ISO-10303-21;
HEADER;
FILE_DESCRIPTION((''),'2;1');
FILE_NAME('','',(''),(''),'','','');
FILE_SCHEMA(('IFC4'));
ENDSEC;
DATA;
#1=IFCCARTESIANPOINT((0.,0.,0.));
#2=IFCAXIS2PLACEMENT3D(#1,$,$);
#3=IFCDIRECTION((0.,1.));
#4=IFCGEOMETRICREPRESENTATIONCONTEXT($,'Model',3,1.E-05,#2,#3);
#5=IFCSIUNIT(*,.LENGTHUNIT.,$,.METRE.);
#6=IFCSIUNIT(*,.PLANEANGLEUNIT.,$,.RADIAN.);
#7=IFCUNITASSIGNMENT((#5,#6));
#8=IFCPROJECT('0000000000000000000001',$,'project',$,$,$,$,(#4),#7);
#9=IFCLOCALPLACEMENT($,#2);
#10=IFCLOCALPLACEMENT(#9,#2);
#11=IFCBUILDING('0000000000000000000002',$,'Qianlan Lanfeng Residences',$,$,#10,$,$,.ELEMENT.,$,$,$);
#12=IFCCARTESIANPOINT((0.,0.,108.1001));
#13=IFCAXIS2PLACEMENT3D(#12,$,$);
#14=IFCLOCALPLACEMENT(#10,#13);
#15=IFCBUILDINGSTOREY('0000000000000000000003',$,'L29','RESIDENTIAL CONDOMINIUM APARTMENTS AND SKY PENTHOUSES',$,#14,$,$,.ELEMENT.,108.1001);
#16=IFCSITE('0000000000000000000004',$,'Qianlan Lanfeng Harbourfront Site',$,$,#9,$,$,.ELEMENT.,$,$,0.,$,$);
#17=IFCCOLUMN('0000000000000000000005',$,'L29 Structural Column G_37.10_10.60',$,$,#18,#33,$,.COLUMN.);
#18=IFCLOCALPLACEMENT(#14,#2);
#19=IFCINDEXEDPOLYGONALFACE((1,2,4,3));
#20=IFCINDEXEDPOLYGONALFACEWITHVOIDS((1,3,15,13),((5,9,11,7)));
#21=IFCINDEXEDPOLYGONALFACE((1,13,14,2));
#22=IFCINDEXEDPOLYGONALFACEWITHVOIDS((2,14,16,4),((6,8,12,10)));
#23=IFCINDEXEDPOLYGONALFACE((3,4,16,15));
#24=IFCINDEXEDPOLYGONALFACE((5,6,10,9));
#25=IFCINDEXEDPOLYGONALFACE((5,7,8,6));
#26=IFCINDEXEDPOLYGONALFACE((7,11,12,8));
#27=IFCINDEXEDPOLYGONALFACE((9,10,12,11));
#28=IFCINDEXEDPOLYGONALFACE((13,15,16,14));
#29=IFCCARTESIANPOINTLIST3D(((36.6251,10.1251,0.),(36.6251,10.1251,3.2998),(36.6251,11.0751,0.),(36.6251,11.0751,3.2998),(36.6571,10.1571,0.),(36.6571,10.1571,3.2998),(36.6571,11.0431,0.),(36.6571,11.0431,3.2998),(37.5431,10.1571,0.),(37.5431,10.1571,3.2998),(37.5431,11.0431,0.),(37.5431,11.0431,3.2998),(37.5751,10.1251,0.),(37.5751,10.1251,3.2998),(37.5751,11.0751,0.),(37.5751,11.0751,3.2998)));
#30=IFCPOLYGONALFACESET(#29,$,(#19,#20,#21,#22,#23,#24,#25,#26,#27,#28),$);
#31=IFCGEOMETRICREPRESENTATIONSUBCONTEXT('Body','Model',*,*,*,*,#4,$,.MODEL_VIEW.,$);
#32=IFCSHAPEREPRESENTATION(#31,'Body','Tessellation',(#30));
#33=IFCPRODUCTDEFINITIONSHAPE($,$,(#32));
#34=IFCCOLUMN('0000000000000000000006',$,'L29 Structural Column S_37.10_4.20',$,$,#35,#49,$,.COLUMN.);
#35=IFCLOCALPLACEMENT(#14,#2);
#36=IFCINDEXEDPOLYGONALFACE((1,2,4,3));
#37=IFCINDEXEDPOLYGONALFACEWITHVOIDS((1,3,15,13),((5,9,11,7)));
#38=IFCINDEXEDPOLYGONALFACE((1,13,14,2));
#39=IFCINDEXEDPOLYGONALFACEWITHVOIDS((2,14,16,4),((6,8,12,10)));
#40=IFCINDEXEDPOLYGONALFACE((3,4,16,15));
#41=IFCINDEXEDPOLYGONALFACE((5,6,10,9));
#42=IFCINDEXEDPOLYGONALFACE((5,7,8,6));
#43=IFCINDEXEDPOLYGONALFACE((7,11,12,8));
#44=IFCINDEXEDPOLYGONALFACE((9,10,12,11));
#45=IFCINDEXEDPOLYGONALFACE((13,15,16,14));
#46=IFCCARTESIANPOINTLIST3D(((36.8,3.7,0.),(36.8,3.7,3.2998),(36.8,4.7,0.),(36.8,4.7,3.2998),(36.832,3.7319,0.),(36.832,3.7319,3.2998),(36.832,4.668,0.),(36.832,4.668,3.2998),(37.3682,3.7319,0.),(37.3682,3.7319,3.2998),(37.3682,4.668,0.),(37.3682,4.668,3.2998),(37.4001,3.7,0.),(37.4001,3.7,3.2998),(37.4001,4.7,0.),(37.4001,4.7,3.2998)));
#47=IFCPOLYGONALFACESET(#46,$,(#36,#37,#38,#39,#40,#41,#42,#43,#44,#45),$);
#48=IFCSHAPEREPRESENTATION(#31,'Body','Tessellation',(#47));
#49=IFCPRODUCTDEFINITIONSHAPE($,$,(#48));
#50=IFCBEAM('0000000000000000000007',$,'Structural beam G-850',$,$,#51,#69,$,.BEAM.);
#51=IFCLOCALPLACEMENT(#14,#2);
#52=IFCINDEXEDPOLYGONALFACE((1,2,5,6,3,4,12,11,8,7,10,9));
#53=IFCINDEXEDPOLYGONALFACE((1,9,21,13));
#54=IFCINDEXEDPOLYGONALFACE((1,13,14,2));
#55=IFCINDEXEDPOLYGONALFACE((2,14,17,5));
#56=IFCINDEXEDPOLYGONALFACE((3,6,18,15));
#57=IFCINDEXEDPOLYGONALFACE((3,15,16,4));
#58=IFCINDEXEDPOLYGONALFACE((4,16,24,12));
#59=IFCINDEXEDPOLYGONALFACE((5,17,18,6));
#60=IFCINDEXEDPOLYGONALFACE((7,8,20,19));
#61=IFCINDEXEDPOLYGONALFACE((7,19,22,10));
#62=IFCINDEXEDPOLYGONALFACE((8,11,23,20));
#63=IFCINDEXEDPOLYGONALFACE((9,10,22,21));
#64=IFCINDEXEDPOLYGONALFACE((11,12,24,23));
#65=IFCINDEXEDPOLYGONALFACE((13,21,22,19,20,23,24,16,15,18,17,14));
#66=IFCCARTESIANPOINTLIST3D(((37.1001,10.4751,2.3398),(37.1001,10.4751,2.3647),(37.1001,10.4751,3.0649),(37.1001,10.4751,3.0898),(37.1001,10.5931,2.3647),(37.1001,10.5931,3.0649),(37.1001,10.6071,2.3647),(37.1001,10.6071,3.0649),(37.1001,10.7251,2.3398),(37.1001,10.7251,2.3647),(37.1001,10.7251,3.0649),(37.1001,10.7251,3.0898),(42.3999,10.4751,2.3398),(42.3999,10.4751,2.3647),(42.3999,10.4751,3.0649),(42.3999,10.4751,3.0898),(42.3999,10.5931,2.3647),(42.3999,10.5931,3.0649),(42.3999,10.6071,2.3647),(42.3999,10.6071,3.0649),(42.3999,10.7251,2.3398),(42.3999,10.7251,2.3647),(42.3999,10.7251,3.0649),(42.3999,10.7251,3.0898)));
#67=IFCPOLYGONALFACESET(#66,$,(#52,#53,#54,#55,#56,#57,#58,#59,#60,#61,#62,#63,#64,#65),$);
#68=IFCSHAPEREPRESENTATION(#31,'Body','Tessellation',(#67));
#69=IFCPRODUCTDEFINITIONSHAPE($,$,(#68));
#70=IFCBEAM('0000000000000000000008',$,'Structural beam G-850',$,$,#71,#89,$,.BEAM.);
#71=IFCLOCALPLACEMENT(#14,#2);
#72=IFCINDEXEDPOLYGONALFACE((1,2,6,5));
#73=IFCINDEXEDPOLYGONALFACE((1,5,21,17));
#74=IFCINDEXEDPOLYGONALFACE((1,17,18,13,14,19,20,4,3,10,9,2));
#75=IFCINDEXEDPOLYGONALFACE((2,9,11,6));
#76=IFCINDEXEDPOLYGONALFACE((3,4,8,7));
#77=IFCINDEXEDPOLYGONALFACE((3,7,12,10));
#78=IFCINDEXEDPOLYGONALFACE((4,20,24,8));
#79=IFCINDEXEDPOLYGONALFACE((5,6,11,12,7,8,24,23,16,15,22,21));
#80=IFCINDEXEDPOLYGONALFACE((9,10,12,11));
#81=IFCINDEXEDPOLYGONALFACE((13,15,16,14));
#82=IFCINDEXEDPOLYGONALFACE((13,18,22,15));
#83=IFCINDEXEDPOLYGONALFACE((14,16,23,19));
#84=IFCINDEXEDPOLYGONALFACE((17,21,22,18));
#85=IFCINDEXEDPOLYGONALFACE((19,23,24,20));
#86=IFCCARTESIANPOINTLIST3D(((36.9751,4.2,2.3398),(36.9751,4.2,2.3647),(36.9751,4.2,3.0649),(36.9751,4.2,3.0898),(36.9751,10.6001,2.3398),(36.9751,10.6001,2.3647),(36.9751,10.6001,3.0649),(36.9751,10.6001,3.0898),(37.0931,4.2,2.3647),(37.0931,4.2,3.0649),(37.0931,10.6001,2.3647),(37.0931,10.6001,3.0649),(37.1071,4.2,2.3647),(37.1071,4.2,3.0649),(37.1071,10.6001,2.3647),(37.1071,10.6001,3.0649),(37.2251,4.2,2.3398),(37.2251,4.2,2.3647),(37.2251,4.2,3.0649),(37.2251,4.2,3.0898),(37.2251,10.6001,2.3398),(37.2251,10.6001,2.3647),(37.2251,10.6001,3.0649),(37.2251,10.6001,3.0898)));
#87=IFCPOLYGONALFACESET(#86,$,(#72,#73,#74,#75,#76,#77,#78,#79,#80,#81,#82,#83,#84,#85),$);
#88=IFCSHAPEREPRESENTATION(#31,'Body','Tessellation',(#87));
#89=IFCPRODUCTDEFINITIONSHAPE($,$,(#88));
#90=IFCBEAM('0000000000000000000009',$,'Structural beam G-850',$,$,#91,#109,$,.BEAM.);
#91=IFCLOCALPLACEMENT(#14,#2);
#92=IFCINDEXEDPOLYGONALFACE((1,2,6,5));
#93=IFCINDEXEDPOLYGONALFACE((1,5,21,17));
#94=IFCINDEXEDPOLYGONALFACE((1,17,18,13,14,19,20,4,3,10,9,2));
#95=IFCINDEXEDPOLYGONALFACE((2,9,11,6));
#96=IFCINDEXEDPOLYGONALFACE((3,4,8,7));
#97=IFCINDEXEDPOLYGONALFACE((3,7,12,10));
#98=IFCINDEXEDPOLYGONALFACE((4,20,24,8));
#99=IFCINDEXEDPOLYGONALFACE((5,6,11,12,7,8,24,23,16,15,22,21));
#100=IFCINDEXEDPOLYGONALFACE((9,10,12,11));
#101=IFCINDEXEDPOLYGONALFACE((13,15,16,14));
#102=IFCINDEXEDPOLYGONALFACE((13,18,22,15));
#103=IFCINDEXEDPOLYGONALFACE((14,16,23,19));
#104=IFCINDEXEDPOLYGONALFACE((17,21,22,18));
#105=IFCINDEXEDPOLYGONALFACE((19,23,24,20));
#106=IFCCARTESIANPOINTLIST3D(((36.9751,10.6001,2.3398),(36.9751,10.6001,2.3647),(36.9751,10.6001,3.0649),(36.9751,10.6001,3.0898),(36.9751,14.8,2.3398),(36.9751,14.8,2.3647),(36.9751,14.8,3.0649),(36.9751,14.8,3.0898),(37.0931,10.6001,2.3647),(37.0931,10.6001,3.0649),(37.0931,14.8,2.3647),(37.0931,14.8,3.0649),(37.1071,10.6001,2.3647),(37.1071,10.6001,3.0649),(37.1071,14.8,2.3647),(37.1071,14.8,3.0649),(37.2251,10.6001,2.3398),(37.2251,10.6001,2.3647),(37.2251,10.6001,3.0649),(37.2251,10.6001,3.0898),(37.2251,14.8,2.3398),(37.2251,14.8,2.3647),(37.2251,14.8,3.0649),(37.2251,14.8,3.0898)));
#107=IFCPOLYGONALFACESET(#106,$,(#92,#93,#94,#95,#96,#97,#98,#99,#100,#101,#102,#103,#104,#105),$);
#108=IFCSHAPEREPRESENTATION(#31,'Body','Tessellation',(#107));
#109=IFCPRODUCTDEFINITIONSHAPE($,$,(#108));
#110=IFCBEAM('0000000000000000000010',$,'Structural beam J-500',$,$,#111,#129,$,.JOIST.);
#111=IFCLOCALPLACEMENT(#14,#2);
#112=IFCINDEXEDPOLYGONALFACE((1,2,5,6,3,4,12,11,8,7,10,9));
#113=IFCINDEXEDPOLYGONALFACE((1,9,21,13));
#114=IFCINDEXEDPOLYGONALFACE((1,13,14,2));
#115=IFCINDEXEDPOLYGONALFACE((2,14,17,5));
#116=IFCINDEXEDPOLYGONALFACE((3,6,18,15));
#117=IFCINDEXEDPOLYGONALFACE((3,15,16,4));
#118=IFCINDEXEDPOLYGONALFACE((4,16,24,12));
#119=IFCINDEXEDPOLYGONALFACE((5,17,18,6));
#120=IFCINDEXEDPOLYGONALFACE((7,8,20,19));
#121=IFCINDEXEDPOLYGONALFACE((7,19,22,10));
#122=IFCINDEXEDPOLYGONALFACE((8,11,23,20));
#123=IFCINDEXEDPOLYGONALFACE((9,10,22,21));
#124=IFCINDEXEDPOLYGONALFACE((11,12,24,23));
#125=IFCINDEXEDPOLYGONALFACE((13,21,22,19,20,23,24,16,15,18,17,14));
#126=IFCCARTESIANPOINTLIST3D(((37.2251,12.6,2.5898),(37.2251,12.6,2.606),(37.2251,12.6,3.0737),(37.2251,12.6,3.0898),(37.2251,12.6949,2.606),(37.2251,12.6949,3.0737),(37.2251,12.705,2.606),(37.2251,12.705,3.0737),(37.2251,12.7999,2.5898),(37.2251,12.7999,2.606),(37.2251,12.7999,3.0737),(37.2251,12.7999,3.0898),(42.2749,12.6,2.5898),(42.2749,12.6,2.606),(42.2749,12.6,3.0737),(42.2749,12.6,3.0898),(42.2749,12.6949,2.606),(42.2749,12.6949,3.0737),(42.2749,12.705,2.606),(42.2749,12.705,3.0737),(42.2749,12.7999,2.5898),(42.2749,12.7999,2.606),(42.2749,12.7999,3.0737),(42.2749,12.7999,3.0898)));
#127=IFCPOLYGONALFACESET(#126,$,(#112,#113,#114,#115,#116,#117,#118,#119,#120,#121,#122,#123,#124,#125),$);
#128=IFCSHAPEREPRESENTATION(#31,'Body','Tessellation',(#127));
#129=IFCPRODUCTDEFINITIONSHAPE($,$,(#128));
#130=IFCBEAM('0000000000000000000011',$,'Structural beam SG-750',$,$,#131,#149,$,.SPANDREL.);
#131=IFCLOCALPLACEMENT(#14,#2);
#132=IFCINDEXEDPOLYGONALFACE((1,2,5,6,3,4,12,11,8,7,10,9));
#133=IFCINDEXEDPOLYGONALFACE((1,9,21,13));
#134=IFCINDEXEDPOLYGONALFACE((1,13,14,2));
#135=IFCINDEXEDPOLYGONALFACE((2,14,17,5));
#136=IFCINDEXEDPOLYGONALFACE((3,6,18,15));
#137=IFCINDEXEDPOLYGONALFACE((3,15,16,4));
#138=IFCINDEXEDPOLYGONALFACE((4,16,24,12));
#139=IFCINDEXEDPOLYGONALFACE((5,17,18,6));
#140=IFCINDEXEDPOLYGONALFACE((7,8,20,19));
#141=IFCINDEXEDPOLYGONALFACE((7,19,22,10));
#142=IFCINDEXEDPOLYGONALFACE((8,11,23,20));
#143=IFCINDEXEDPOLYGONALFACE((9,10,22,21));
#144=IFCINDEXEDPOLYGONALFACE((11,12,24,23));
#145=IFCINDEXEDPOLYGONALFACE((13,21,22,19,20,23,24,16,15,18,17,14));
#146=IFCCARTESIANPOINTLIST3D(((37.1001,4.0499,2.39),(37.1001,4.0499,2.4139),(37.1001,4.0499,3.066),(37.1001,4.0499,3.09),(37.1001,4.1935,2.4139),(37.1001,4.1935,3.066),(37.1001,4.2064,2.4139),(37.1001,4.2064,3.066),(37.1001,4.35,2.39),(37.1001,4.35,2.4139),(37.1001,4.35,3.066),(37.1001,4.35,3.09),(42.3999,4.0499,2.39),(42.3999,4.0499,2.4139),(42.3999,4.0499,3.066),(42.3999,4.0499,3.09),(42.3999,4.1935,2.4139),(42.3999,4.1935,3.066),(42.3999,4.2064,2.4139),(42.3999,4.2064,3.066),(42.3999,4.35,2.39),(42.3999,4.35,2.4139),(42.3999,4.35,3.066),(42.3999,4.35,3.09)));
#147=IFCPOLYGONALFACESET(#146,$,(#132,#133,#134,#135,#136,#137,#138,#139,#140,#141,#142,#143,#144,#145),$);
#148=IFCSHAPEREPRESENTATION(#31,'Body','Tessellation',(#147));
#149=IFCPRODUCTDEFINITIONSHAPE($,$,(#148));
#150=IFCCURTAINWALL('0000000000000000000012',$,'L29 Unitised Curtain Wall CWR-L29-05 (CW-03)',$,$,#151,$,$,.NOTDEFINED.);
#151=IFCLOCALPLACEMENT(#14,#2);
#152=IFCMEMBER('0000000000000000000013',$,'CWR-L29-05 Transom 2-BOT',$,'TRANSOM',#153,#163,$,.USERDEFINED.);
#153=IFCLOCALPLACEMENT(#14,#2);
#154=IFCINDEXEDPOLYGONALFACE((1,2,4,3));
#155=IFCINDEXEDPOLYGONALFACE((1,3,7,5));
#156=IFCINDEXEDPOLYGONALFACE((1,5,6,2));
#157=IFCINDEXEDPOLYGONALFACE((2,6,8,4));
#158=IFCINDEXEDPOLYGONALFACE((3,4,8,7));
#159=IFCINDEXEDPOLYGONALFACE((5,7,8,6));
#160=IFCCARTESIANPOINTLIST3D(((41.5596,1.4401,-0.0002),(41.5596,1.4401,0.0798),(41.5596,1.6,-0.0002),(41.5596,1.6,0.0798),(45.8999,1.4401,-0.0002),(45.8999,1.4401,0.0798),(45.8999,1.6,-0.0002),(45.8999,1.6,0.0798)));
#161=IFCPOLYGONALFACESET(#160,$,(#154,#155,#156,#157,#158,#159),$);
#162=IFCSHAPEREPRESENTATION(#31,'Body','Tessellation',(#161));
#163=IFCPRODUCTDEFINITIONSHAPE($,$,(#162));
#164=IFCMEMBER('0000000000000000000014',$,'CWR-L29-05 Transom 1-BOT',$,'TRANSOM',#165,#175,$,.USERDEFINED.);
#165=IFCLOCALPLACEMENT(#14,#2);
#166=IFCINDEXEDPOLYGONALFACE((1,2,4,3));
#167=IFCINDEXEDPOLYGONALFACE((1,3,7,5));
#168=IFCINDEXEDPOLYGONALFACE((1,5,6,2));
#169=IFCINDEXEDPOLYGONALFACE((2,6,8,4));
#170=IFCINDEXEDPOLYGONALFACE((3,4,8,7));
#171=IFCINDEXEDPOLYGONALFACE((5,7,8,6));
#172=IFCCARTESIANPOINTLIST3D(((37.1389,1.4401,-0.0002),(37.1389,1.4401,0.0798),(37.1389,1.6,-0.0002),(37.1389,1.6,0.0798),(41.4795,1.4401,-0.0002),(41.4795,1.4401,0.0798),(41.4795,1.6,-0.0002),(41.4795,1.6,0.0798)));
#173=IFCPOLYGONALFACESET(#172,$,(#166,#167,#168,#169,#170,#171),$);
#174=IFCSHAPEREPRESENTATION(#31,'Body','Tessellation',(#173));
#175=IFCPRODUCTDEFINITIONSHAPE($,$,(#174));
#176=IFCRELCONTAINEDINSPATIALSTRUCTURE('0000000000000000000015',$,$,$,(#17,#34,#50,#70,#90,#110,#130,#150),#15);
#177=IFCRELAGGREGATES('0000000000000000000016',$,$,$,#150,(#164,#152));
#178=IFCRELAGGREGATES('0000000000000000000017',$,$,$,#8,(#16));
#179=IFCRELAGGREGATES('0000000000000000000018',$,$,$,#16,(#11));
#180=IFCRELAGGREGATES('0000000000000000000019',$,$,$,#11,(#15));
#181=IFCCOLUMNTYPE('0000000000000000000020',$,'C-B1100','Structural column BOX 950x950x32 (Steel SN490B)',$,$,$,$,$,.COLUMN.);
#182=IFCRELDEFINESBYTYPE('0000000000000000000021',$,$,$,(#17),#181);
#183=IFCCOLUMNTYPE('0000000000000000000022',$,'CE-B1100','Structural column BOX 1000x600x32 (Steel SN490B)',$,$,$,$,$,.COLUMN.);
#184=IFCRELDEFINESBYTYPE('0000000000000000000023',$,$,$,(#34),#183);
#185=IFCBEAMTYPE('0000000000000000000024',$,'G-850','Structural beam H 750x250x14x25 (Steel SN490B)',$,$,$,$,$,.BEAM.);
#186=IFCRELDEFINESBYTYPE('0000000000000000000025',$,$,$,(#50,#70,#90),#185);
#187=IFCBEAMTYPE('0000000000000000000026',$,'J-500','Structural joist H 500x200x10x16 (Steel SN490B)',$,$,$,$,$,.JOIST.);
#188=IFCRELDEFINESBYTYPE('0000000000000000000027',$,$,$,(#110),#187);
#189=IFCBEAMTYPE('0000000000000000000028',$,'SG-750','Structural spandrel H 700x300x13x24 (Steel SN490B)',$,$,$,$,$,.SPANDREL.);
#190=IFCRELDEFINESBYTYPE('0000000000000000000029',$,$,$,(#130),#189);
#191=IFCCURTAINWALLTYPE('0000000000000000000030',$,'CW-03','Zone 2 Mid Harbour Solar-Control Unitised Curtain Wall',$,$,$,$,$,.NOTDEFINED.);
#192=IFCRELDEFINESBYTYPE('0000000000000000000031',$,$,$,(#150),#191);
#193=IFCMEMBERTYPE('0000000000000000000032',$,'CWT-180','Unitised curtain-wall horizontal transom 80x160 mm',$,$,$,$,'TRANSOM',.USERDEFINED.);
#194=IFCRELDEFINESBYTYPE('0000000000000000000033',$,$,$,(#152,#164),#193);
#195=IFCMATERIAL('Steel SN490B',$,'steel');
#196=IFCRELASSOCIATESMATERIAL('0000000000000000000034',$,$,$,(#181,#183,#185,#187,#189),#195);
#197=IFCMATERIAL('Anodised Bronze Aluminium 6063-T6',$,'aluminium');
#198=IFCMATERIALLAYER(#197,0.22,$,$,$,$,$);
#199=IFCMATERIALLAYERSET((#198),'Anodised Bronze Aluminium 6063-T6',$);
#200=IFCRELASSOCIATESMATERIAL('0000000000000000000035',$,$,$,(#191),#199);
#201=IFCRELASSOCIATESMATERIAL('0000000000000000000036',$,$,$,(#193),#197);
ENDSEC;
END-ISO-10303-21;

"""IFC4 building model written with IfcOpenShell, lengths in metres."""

from ifc_helpers import new_model, si_unit, direction, frame, origin, origin_2d, place, context, subcontext, project, spatial, rectangle, hollow_rectangle, i_section, extrude, source, transform, mapped, material, layer, layer_set, material_profile, profile_set, type_object, element, aggregate, save


model = new_model("IFC4")

# Units and contexts
model_context = context("Model", 3, precision=1e-05, world=origin(), true_north=direction((0.0, 1.0)))
body_context = subcontext(model_context, "Body", "Model", "MODEL_VIEW")
ifc_project = project(units=[si_unit("LENGTHUNIT", "METRE"), si_unit("PLANEANGLEUNIT", "RADIAN")], contexts=[model_context])

# Site, building, storey
site_placement = place(None, origin())
site = spatial("IfcSite", under=ifc_project, at=site_placement, Name="Qianlan Lanfeng Harbourfront Site", CompositionType="ELEMENT", RefElevation=0.0)
building_placement = place(site_placement, origin())
building = spatial("IfcBuilding", under=site, at=building_placement, Name="Qianlan Lanfeng Residences", CompositionType="ELEMENT")
storey_placement = place(building_placement, frame((0.0, 0.0, 108.1001)))
storey = spatial("IfcBuildingStorey", under=building, at=storey_placement, Name="L29", Description="RESIDENTIAL CONDOMINIUM APARTMENTS AND SKY PENTHOUSES", CompositionType="ELEMENT", Elevation=108.1001)

# Columns
ifc_material_1 = material(Name="Steel SN490B", Category="steel")
ifc_material_profile_1 = material_profile(ifc_material_1, hollow_rectangle(XDim=0.95, YDim=0.95, WallThickness=0.032, at=origin_2d()), Name="BOX 950x950x32")
ifc_profile_set_1 = profile_set([ifc_material_profile_1], Name="Steel SN490B")
column_type_1 = type_object("IfcColumnType", Name="C-B1100", Description="Structural column BOX 950x950x32 (Steel SN490B)", PredefinedType="COLUMN", material=ifc_profile_set_1)
column_1_placement = place(storey_placement, frame((37.1001, 10.6001, 0.0), z_axis=(0.0, 0.0, 1.0), x_axis=(1.0, 0.0, 0.0)))
element("IfcColumn", 1, at=column_1_placement, inside=storey, type_object=column_type_1, Name="L29 Structural Column G_37.10_10.60", PredefinedType="COLUMN", context=body_context, shape_type="SweptSolid", body=[
    extrude(hollow_rectangle(XDim=0.95, YDim=0.95, WallThickness=0.032, at=origin_2d()), origin(), (0.0, 0.0, 1.0), 3.2998),
])
ifc_material_profile_2 = material_profile(ifc_material_1, hollow_rectangle(XDim=0.6001, YDim=1.0, WallThickness=0.032, at=origin_2d()), Name="BOX 1000x600x32")
ifc_profile_set_2 = profile_set([ifc_material_profile_2], Name="Steel SN490B")
column_type_2 = type_object("IfcColumnType", Name="CE-B1100", Description="Structural column BOX 1000x600x32 (Steel SN490B)", PredefinedType="COLUMN", material=ifc_profile_set_2)
column_2_placement = place(storey_placement, frame((37.1001, 4.2, 0.0), z_axis=(0.0, 0.0, 1.0), x_axis=(1.0, 0.0, 0.0)))
element("IfcColumn", 2, at=column_2_placement, inside=storey, type_object=column_type_2, Name="L29 Structural Column S_37.10_4.20", PredefinedType="COLUMN", context=body_context, shape_type="SweptSolid", body=[
    extrude(hollow_rectangle(XDim=0.6001, YDim=1.0, WallThickness=0.032, at=origin_2d()), origin(), (0.0, 0.0, 1.0), 3.2998),
])

# Beams
ifc_material_profile_3 = material_profile(ifc_material_1, i_section(OverallWidth=0.25, OverallDepth=0.75, WebThickness=0.0139, FlangeThickness=0.0249, at=origin_2d()), Name="H 750x250x14x25")
ifc_profile_set_3 = profile_set([ifc_material_profile_3], Name="Steel SN490B")
beam_type_1 = type_object("IfcBeamType", Name="G-850", Description="Structural beam H 750x250x14x25 (Steel SN490B)", PredefinedType="BEAM", material=ifc_profile_set_3)
beam_1_placement = place(storey_placement, frame((37.1001, 10.6001, 2.7148), z_axis=(1.0, 0.0, 0.0), x_axis=(0.0, 1.0, 0.0)))
element("IfcBeam", 3, at=beam_1_placement, inside=storey, type_object=beam_type_1, Name="Structural beam G-850", PredefinedType="BEAM", context=body_context, shape_type="SweptSolid", body=[
    extrude(i_section(OverallWidth=0.25, OverallDepth=0.75, WebThickness=0.0139, FlangeThickness=0.0249, at=origin_2d()), origin(), (0.0, 0.0, 1.0), 5.2998),
])
beam_2_placement = place(storey_placement, frame((37.1001, 4.2, 2.7148), z_axis=(0.0, 1.0, 0.0), x_axis=(-1.0, 0.0, 0.0)))
element("IfcBeam", 4, at=beam_2_placement, inside=storey, type_object=beam_type_1, Name="Structural beam G-850", PredefinedType="BEAM", context=body_context, shape_type="SweptSolid", body=[
    extrude(i_section(OverallWidth=0.25, OverallDepth=0.75, WebThickness=0.0139, FlangeThickness=0.0249, at=origin_2d()), origin(), (0.0, 0.0, 1.0), 6.4001),
])
beam_3_placement = place(storey_placement, frame((37.1001, 10.6001, 2.7148), z_axis=(0.0, 1.0, 0.0), x_axis=(-1.0, 0.0, 0.0)))
element("IfcBeam", 5, at=beam_3_placement, inside=storey, type_object=beam_type_1, Name="Structural beam G-850", PredefinedType="BEAM", context=body_context, shape_type="SweptSolid", body=[
    extrude(i_section(OverallWidth=0.25, OverallDepth=0.75, WebThickness=0.0139, FlangeThickness=0.0249, at=origin_2d()), origin(), (0.0, 0.0, 1.0), 4.2),
])
ifc_material_profile_4 = material_profile(ifc_material_1, i_section(OverallWidth=0.2, OverallDepth=0.5, WebThickness=0.01, FlangeThickness=0.0161, at=origin_2d()), Name="H 500x200x10x16")
ifc_profile_set_4 = profile_set([ifc_material_profile_4], Name="Steel SN490B")
beam_type_2 = type_object("IfcBeamType", Name="J-500", Description="Structural joist H 500x200x10x16 (Steel SN490B)", PredefinedType="JOIST", material=ifc_profile_set_4)
beam_4_placement = place(storey_placement, frame((37.2251, 12.7, 2.8398), z_axis=(1.0, 0.0, 0.0), x_axis=(0.0, 1.0, 0.0)))
element("IfcBeam", 6, at=beam_4_placement, inside=storey, type_object=beam_type_2, Name="Structural beam J-500", PredefinedType="JOIST", context=body_context, shape_type="SweptSolid", body=[
    extrude(i_section(OverallWidth=0.2, OverallDepth=0.5, WebThickness=0.01, FlangeThickness=0.0161, at=origin_2d()), origin(), (0.0, 0.0, 1.0), 5.0498),
])
ifc_material_profile_5 = material_profile(ifc_material_1, i_section(OverallWidth=0.3, OverallDepth=0.7, WebThickness=0.0129, FlangeThickness=0.0239, at=origin_2d()), Name="H 700x300x13x24")
ifc_profile_set_5 = profile_set([ifc_material_profile_5], Name="Steel SN490B")
beam_type_3 = type_object("IfcBeamType", Name="SG-750", Description="Structural spandrel H 700x300x13x24 (Steel SN490B)", PredefinedType="SPANDREL", material=ifc_profile_set_5)
beam_5_placement = place(storey_placement, frame((37.1001, 4.2, 2.74), z_axis=(1.0, 0.0, 0.0), x_axis=(0.0, 1.0, 0.0)))
element("IfcBeam", 7, at=beam_5_placement, inside=storey, type_object=beam_type_3, Name="Structural beam SG-750", PredefinedType="SPANDREL", context=body_context, shape_type="SweptSolid", body=[
    extrude(i_section(OverallWidth=0.3, OverallDepth=0.7, WebThickness=0.0129, FlangeThickness=0.0239, at=origin_2d()), origin(), (0.0, 0.0, 1.0), 5.2998),
])

# Curtain wall, members
ifc_material_2 = material(Name="Anodised Bronze Aluminium 6063-T6", Category="aluminium")
ifc_layer_1 = layer(ifc_material_2, 0.22)
ifc_layer_set_1 = layer_set([ifc_layer_1], Name="Anodised Bronze Aluminium 6063-T6")
curtain_wall_type = type_object("IfcCurtainWallType", Name="CW-03", Description="Zone 2 Mid Harbour Solar-Control Unitised Curtain Wall", PredefinedType="NOTDEFINED", material=ifc_layer_set_1)
curtain_wall_1_placement = place(storey_placement, origin())
curtain_wall_1 = element("IfcCurtainWall", 8, at=curtain_wall_1_placement, inside=storey, type_object=curtain_wall_type, Name="L29 Unitised Curtain Wall CWR-L29-05 (CW-03)", PredefinedType="NOTDEFINED")
ifc_material_profile_6 = material_profile(ifc_material_2, rectangle(XDim=0.0801, YDim=0.1599, at=origin_2d()), Name="ALU TRANSOM 80x160")
ifc_profile_set_6 = profile_set([ifc_material_profile_6], Name="Anodised Bronze Aluminium 6063-T6")
member_type_1 = type_object("IfcMemberType", Name="CWT-180", Description="Unitised curtain-wall horizontal transom 80x160 mm", ElementType="TRANSOM", PredefinedType="USERDEFINED", material=ifc_profile_set_6)
shared_shape_1 = source(origin(), body_context, "Body", "SweptSolid", [
    extrude(rectangle(XDim=0.0801, YDim=0.1599, at=origin_2d()), origin(), (0.0, 0.0, 1.0), 4.3403),
])
member_1_placement = place(storey_placement, frame((41.5596, 1.52, 0.0398), z_axis=(1.0, 0.0, 0.0), x_axis=(0.0, 0.0, 1.0)))
member_1 = element("IfcMember", 9, at=member_1_placement, type_object=member_type_1, Name="CWR-L29-05 Transom 2-BOT", ObjectType="TRANSOM", PredefinedType="USERDEFINED", context=body_context, shape_type="MappedRepresentation", body=[
    mapped(shared_shape_1, transform((0.0, 0.0, 0.0), scale=1.0)),
])
shared_shape_2 = source(origin(), body_context, "Body", "SweptSolid", [
    extrude(rectangle(XDim=0.0801, YDim=0.1599, at=origin_2d()), origin(), (0.0, 0.0, 1.0), 4.3406),
])
member_2_placement = place(storey_placement, frame((37.1389, 1.52, 0.0398), z_axis=(1.0, 0.0, 0.0), x_axis=(0.0, 0.0, 1.0)))
member_2 = element("IfcMember", 10, at=member_2_placement, type_object=member_type_1, Name="CWR-L29-05 Transom 1-BOT", ObjectType="TRANSOM", PredefinedType="USERDEFINED", context=body_context, shape_type="MappedRepresentation", body=[
    mapped(shared_shape_2, transform((0.0, 0.0, 0.0), scale=1.0)),
])

aggregate(curtain_wall_1, [member_2, member_1])

save(model, "model.ifc")
